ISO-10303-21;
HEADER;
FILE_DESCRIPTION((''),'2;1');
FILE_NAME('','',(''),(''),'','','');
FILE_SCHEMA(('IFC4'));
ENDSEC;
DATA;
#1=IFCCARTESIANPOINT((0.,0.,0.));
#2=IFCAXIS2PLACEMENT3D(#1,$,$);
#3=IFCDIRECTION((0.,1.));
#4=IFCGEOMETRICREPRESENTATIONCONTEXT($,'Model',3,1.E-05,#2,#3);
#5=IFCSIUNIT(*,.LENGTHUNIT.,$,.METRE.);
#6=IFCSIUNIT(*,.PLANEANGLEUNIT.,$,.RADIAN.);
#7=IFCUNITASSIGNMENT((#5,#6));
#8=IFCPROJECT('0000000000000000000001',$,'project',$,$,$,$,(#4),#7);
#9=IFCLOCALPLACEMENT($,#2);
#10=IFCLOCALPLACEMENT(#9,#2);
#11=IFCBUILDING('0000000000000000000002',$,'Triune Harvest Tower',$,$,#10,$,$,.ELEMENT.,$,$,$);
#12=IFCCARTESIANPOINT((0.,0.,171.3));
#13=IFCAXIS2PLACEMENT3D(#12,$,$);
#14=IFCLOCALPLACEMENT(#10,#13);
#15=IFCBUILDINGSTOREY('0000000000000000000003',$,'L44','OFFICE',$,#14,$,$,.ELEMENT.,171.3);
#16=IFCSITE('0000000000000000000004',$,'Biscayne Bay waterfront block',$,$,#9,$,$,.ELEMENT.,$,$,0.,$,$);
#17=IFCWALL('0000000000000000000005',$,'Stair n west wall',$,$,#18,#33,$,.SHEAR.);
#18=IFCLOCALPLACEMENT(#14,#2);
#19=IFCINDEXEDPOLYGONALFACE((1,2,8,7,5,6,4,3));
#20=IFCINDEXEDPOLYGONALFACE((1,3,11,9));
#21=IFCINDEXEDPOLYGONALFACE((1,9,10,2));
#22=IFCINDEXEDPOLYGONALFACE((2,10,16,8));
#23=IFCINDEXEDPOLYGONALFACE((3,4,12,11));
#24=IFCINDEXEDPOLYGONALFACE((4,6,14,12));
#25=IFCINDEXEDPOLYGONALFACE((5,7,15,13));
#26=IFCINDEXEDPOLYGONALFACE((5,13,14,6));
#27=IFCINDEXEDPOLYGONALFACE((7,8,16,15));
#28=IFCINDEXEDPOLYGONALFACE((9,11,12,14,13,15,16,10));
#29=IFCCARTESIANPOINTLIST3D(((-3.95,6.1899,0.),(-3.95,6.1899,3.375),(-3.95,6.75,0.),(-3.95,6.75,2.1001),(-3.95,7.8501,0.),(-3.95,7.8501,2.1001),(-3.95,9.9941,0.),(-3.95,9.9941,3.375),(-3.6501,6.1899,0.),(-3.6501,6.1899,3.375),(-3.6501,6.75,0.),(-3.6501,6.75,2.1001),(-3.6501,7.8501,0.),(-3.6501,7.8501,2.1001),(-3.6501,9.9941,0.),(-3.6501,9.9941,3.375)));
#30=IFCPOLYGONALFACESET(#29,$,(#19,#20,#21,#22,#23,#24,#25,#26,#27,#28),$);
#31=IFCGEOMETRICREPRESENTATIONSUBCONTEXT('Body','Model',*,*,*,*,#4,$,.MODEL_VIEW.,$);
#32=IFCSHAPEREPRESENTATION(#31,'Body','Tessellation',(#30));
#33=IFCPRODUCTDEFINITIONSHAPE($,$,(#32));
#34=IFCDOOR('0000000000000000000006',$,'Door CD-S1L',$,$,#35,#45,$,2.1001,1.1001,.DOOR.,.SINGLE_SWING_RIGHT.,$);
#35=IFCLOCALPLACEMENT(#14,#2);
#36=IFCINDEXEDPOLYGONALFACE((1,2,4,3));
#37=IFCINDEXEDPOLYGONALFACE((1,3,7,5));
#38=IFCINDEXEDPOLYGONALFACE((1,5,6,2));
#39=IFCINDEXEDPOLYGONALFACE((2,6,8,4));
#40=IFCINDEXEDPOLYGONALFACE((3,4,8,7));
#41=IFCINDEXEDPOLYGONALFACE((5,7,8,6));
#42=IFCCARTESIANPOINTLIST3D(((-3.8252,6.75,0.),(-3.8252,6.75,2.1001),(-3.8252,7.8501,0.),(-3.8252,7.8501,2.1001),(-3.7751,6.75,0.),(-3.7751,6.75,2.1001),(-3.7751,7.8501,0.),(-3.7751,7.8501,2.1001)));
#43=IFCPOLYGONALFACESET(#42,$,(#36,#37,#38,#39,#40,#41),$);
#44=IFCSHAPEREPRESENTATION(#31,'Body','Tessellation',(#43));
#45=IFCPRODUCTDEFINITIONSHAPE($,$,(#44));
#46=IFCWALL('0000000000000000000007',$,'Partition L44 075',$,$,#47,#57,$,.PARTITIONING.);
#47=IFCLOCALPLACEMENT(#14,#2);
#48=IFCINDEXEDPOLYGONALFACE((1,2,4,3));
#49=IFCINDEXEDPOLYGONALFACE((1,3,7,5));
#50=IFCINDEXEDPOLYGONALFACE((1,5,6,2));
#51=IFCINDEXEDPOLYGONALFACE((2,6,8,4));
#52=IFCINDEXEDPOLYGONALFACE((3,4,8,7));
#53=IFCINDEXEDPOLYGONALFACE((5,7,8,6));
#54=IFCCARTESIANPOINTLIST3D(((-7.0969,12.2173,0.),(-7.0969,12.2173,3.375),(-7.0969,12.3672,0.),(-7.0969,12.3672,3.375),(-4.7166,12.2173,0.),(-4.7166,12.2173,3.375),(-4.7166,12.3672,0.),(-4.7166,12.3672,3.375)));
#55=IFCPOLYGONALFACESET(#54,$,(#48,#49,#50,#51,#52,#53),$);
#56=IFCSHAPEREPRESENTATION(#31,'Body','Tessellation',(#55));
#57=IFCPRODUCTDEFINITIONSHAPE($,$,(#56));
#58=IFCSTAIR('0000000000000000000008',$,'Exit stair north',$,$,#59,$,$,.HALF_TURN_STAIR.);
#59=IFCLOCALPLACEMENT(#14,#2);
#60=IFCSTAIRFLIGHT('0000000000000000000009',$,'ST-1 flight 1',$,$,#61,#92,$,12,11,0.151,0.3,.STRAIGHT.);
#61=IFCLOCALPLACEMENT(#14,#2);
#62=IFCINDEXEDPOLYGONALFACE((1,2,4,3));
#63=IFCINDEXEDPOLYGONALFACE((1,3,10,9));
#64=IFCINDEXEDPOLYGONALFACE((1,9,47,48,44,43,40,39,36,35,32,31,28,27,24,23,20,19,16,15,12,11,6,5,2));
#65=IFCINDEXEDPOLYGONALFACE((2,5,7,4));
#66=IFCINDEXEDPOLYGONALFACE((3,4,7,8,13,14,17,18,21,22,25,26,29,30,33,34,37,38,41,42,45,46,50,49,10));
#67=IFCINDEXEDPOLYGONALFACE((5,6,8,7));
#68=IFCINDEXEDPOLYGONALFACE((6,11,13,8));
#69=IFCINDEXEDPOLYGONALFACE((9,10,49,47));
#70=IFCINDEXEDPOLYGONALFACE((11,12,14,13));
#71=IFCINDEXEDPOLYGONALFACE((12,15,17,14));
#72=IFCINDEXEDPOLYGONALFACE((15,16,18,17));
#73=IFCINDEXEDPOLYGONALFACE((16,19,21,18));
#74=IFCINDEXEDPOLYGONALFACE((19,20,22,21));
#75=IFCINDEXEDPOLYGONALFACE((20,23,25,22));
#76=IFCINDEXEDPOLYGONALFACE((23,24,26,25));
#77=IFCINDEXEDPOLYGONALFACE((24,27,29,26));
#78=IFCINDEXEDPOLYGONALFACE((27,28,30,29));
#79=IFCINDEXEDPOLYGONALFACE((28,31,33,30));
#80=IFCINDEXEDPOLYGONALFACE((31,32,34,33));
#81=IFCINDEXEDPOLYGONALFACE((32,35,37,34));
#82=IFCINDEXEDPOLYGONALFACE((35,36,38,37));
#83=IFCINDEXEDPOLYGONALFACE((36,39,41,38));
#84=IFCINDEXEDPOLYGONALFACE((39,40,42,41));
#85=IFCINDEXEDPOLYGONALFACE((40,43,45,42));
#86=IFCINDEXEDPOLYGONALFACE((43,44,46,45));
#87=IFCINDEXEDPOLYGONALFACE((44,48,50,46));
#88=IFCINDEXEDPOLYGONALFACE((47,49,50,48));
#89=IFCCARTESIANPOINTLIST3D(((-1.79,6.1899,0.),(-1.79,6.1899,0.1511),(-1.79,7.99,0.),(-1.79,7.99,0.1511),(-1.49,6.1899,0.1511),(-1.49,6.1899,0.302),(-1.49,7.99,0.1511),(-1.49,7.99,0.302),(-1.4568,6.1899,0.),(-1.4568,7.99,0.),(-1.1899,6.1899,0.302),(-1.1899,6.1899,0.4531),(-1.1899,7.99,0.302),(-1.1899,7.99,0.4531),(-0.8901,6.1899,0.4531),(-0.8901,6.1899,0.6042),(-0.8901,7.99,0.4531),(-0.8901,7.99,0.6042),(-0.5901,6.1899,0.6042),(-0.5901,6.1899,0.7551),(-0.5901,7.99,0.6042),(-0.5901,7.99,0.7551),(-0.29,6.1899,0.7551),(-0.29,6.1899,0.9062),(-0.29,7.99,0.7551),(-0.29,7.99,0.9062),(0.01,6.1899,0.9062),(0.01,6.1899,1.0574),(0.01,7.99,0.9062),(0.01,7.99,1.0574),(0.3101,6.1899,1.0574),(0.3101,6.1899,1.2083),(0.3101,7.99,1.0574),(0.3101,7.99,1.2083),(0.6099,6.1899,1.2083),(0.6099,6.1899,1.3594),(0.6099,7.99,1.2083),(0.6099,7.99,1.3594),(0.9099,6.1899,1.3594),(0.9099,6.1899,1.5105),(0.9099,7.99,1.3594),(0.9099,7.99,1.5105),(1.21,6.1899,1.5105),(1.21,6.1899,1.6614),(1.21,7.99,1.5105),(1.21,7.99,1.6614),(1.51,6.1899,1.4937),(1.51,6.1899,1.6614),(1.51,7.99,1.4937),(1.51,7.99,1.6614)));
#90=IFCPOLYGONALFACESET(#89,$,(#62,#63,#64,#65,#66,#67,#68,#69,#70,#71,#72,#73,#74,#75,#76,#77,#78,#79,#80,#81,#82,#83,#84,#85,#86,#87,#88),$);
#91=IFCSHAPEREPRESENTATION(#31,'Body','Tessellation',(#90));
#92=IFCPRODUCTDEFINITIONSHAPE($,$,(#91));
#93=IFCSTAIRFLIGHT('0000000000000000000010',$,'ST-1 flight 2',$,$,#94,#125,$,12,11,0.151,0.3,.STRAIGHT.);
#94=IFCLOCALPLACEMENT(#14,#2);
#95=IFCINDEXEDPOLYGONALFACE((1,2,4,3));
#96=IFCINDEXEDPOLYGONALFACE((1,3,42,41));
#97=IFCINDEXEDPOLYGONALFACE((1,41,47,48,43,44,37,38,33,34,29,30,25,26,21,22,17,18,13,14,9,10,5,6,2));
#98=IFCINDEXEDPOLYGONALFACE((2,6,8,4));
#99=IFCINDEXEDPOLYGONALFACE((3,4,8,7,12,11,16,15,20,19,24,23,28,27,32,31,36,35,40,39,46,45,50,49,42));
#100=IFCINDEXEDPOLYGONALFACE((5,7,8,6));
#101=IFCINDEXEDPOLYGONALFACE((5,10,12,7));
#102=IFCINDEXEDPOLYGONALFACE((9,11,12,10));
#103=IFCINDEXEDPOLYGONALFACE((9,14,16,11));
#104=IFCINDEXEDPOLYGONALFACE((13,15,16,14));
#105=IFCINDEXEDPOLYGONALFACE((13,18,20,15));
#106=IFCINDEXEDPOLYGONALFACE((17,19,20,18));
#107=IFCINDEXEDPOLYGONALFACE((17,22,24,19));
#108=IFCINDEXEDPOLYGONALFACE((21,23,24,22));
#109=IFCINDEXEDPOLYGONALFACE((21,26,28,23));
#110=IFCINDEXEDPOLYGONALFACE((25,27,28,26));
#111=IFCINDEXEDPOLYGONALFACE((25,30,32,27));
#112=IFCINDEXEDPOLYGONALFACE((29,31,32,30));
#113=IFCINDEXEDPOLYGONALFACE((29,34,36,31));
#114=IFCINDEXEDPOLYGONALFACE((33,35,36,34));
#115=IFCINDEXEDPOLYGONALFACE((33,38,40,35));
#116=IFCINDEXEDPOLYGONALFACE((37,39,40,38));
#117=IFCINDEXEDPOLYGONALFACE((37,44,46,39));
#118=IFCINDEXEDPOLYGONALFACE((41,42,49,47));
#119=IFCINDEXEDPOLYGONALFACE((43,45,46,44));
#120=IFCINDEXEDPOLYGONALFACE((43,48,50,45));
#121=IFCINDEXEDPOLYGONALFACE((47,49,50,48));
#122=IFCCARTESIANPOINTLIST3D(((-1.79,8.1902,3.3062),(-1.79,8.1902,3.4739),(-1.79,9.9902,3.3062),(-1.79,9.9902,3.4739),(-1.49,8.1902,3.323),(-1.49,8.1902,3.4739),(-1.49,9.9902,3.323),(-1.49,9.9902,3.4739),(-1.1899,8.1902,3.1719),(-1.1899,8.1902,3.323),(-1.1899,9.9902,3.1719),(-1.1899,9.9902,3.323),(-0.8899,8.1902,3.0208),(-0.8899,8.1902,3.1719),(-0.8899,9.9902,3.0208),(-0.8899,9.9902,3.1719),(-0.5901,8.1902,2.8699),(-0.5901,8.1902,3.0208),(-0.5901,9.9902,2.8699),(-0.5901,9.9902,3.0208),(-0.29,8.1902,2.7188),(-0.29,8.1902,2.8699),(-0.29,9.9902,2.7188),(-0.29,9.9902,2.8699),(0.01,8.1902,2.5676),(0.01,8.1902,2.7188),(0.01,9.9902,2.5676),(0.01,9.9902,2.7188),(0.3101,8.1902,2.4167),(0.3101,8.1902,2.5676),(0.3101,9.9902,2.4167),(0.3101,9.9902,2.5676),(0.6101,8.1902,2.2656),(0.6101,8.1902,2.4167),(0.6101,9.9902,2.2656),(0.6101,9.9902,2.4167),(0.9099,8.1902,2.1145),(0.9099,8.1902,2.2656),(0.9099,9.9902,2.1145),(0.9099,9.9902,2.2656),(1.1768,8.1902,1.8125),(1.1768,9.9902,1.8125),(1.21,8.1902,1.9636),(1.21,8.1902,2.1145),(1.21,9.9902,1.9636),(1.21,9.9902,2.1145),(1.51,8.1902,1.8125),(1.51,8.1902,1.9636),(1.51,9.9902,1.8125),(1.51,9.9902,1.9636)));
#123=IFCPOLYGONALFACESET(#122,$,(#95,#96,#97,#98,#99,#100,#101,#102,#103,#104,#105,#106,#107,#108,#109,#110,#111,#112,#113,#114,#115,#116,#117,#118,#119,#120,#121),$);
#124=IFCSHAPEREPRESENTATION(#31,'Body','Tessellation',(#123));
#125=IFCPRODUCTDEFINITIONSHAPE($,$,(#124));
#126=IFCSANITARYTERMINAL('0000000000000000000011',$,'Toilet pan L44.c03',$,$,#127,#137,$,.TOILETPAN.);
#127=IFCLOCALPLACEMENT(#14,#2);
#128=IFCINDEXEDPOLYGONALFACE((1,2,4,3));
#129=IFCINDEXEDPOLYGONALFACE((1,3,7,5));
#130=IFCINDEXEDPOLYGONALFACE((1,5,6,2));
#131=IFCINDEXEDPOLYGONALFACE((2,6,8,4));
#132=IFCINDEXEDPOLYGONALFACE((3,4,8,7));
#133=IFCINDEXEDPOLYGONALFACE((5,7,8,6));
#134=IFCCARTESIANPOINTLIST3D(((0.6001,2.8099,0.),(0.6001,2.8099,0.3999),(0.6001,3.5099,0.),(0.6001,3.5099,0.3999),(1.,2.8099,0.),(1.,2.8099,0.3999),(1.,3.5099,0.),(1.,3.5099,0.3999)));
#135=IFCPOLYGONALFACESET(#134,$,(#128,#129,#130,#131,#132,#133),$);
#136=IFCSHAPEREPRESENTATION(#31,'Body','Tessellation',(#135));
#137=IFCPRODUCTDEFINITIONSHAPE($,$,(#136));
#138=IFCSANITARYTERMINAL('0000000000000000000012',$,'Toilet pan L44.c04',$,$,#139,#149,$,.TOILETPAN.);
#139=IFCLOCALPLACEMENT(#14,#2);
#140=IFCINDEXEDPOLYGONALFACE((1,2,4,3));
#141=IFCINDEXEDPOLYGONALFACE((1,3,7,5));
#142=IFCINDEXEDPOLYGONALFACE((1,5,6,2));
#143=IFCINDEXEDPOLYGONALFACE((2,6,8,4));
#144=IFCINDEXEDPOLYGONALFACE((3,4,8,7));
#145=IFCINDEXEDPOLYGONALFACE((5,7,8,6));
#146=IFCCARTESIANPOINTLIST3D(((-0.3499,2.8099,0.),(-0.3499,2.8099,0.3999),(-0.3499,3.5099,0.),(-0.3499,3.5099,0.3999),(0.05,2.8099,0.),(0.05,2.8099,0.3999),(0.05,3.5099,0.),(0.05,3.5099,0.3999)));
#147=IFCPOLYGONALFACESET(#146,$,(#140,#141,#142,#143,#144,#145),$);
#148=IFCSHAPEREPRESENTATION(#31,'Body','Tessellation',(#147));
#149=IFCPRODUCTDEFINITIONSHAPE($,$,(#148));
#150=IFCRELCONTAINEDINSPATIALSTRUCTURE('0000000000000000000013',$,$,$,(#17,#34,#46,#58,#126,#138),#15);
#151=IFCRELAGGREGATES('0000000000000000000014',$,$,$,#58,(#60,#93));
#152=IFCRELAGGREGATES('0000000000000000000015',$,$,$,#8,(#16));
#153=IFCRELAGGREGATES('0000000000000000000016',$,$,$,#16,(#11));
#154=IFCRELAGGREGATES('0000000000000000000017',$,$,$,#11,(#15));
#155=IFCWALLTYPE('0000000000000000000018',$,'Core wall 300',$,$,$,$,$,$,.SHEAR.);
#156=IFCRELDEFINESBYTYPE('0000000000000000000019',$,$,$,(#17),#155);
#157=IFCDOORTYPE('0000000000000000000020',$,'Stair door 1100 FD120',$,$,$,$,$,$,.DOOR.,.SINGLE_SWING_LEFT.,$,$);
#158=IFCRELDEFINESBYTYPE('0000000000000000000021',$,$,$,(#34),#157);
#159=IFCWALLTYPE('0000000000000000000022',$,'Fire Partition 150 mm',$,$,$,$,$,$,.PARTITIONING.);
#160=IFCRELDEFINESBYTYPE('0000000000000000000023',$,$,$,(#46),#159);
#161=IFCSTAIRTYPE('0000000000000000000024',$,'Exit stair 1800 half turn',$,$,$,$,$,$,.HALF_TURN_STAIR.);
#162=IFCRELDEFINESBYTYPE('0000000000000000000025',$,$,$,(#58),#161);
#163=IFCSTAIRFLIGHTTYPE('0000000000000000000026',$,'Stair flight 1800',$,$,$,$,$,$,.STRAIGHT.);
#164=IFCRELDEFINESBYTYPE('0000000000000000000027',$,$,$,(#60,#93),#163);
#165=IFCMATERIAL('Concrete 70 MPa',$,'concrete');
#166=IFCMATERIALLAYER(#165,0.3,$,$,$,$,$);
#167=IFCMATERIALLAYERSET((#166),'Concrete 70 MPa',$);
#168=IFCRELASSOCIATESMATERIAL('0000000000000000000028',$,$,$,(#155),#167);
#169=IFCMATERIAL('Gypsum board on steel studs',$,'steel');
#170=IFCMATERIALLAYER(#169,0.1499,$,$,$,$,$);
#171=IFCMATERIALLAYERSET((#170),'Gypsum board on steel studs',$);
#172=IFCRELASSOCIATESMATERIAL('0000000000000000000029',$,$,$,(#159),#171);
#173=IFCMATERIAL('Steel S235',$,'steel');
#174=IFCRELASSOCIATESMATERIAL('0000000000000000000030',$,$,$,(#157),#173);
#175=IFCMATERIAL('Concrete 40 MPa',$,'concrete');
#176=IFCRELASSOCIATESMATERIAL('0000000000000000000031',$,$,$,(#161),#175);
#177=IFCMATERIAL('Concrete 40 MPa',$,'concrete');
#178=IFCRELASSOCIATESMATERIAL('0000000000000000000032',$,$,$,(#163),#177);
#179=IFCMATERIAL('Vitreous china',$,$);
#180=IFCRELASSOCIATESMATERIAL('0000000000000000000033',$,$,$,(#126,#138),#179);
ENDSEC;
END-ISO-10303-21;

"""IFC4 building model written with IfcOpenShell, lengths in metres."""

from ifc_helpers import new_model, si_unit, direction, frame, frame_2d, origin, origin_2d, place, context, subcontext, project, spatial, polyline, rectangle, outline, extrude, source, transform, mapped, material, layer, layer_set, type_object, element, fill, aggregate, save


model = new_model("IFC4")

# Units and contexts
model_context = context("Model", 3, precision=1e-05, world=origin(), true_north=direction((0.0, 1.0)))
body_context = subcontext(model_context, "Body", "Model", "MODEL_VIEW")
ifc_project = project(units=[si_unit("LENGTHUNIT", "METRE"), si_unit("PLANEANGLEUNIT", "RADIAN")], contexts=[model_context])

# Site, building, storey
site_placement = place(None, origin())
site = spatial("IfcSite", under=ifc_project, at=site_placement, Name="Biscayne Bay waterfront block", CompositionType="ELEMENT", RefElevation=0.0)
building_placement = place(site_placement, origin())
building = spatial("IfcBuilding", under=site, at=building_placement, Name="Triune Harvest Tower", CompositionType="ELEMENT")
storey_placement = place(building_placement, frame((0.0, 0.0, 171.3)))
storey = spatial("IfcBuildingStorey", under=building, at=storey_placement, Name="L44", Description="OFFICE", CompositionType="ELEMENT", Elevation=171.3)

# Shared definitions
ifc_material_1 = material(Name="Concrete 70 MPa", Category="concrete")
ifc_layer_1 = layer(ifc_material_1, 0.3)
ifc_layer_set_1 = layer_set([ifc_layer_1], Name="Concrete 70 MPa")
wall_type_1 = type_object("IfcWallType", Name="Core wall 300", PredefinedType="SHEAR", material=ifc_layer_set_1)
ifc_material_2 = material(Name="Gypsum board on steel studs", Category="steel")
ifc_layer_2 = layer(ifc_material_2, 0.1499)
ifc_layer_set_2 = layer_set([ifc_layer_2], Name="Gypsum board on steel studs")
wall_type_2 = type_object("IfcWallType", Name="Fire Partition 150 mm", PredefinedType="PARTITIONING", material=ifc_layer_set_2)

# Wall, opening, door
shared_shape_1 = source(origin(), body_context, "Body", "SweptSolid", [
    extrude(outline(polyline([(0.0, -0.1499), (0.0, 0.1499), (3.8042, 0.1499), (3.8042, -0.1499), (0.0, -0.1499)])), origin(), (0.0, 0.0, 1.0), 3.375),
])
wall_1_placement = place(storey_placement, frame((-3.8, 6.1899, 0.0), z_axis=(0.0, 0.0, 1.0), x_axis=(0.0, 1.0, 0.0)))
wall_1 = element("IfcWall", 1, at=wall_1_placement, inside=storey, type_object=wall_type_1, Name="Stair n west wall", PredefinedType="SHEAR", context=body_context, shape_type="MappedRepresentation", body=[
    mapped(shared_shape_1, transform((0.0, 0.0, 0.0), scale=1.0)),
])
opening_1_placement = place(wall_1_placement, frame((0.5601, 0.0, 0.0)))
opening_1 = element("IfcOpeningElement", 2, at=opening_1_placement, cuts=wall_1, PredefinedType="OPENING", context=body_context, shape_type="SweptSolid", body=[
    extrude(rectangle(XDim=1.1001, YDim=2.1001, at=frame_2d((0.55, 1.05))), frame((0.0, 0.1602, 0.0), z_axis=(0.0, -1.0, 0.0), x_axis=(1.0, 0.0, 0.0)), (0.0, 0.0, 1.0), 0.3201),
])
ifc_material_3 = material(Name="Steel S235", Category="steel")
door_type_1 = type_object("IfcDoorType", Name="Stair door 1100 FD120", OperationType="SINGLE_SWING_LEFT", PredefinedType="DOOR", material=ifc_material_3)
door_1_placement = place(opening_1_placement, frame((1.1001, 0.0, 0.0), z_axis=(0.0, 0.0, 1.0), x_axis=(-1.0, 0.0, 0.0)))
door_1 = element("IfcDoor", 3, at=door_1_placement, inside=storey, type_object=door_type_1, Name="Door CD-S1L", OperationType="SINGLE_SWING_RIGHT", OverallHeight=2.1001, OverallWidth=1.1001, PredefinedType="DOOR", context=body_context, shape_type="SweptSolid", body=[
    extrude(rectangle(XDim=1.1001, YDim=2.1001, at=frame_2d((0.55, 1.05))), frame((0.0, 0.0249, 0.0), z_axis=(0.0, -1.0, 0.0), x_axis=(1.0, 0.0, 0.0)), (0.0, 0.0, 1.0), 0.05),
])
fill(opening_1, door_1)

# Wall
shared_shape_2 = source(origin(), body_context, "Body", "SweptSolid", [
    extrude(rectangle(XDim=2.3804, YDim=0.1499, at=frame_2d((1.1902, 0.0))), origin(), (0.0, 0.0, 1.0), 3.375),
])
wall_2_placement = place(storey_placement, frame((-7.0969, 12.2922, 0.0), z_axis=(0.0, 0.0, 1.0), x_axis=(1.0, 0.0, 0.0)))
element("IfcWall", 4, at=wall_2_placement, inside=storey, type_object=wall_type_2, Name="Partition L44 075", PredefinedType="PARTITIONING", context=body_context, shape_type="MappedRepresentation", body=[
    mapped(shared_shape_2, transform((0.0, 0.0, 0.0), scale=1.0)),
])

# Stair, stair flights
ifc_material_4 = material(Name="Concrete 40 MPa", Category="concrete")
stair_type = type_object("IfcStairType", Name="Exit stair 1800 half turn", PredefinedType="HALF_TURN_STAIR", material=ifc_material_4)
stair_placement = place(storey_placement, origin())
stair = element("IfcStair", 5, at=stair_placement, inside=storey, type_object=stair_type, Name="Exit stair north", PredefinedType="HALF_TURN_STAIR")
ifc_material_5 = material(Name="Concrete 40 MPa", Category="concrete")
stair_flight_type = type_object("IfcStairFlightType", Name="Stair flight 1800", PredefinedType="STRAIGHT", material=ifc_material_5)
shared_shape_3 = source(origin(), body_context, "Body", "SweptSolid", [
    extrude(outline(polyline([(0.0, 0.0), (0.0, 0.1511), (0.3, 0.1511), (0.3, 0.302), (0.6001, 0.302), (0.6001, 0.4531), (0.8999, 0.4531), (0.8999, 0.6042), (1.2, 0.6042), (1.2, 0.7551), (1.5, 0.7551), (1.5, 0.9062), (1.8, 0.9062), (1.8, 1.0574), (2.1001, 1.0574), (2.1001, 1.2083), (2.3999, 1.2083), (2.3999, 1.3594), (2.7, 1.3594), (2.7, 1.5105), (3.0, 1.5105), (3.0, 1.6614), (3.3, 1.6614), (3.3, 1.8125), (3.3, 1.4937), (0.3333, 0.0), (0.0, 0.0)])), frame((0.0, 0.8999, 0.0), z_axis=(0.0, -1.0, 0.0), x_axis=(1.0, 0.0, 0.0)), (0.0, 0.0, 1.0), 1.8),
])
stair_flight_1_placement = place(storey_placement, frame((-1.79, 7.0901, 0.0), z_axis=(0.0, 0.0, 1.0), x_axis=(1.0, 0.0, 0.0)))
stair_flight_1 = element("IfcStairFlight", 6, at=stair_flight_1_placement, type_object=stair_flight_type, Name="ST-1 flight 1", NumberOfRisers=12, NumberOfTreads=11, PredefinedType="STRAIGHT", RiserHeight=0.151, TreadLength=0.3, context=body_context, shape_type="MappedRepresentation", body=[
    mapped(shared_shape_3, transform((0.0, 0.0, 0.0), scale=1.0)),
])
stair_flight_2_placement = place(storey_placement, frame((1.51, 9.0901, 1.8125), z_axis=(0.0, 0.0, 1.0), x_axis=(-1.0, 0.0, 0.0)))
stair_flight_2 = element("IfcStairFlight", 7, at=stair_flight_2_placement, type_object=stair_flight_type, Name="ST-1 flight 2", NumberOfRisers=12, NumberOfTreads=11, PredefinedType="STRAIGHT", RiserHeight=0.151, TreadLength=0.3, context=body_context, shape_type="MappedRepresentation", body=[
    mapped(shared_shape_3, transform((0.0, 0.0, 0.0), scale=1.0)),
])
aggregate(stair, [stair_flight_1, stair_flight_2])

# Sanitary terminals
ifc_material_6 = material(Name="Vitreous china")
shared_shape_4 = source(origin(), body_context, "Body", "SweptSolid", [
    extrude(rectangle(XDim=0.3999, YDim=0.7, at=origin_2d()), origin(), (0.0, 0.0, 1.0), 0.3999),
])
for number, where, z_axis, x_axis, name in (
    (8, (0.8, 3.1599, 0.0), (0.0, 0.0, 1.0), (-1.0, 0.0, 0.0), "Toilet pan L44.c03"),
    (9, (-0.1499, 3.1599, 0.0), (0.0, 0.0, 1.0), (-1.0, 0.0, 0.0), "Toilet pan L44.c04"),
):
    element("IfcSanitaryTerminal", number, at=place(storey_placement, frame(where, z_axis=z_axis, x_axis=x_axis)), inside=storey, material=ifc_material_6, Name=name, PredefinedType="TOILETPAN", context=body_context, shape_type="MappedRepresentation", body=[
        mapped(shared_shape_4, transform((0.0, 0.0, 0.0), scale=1.0)),
    ])

save(model, "model.ifc")
